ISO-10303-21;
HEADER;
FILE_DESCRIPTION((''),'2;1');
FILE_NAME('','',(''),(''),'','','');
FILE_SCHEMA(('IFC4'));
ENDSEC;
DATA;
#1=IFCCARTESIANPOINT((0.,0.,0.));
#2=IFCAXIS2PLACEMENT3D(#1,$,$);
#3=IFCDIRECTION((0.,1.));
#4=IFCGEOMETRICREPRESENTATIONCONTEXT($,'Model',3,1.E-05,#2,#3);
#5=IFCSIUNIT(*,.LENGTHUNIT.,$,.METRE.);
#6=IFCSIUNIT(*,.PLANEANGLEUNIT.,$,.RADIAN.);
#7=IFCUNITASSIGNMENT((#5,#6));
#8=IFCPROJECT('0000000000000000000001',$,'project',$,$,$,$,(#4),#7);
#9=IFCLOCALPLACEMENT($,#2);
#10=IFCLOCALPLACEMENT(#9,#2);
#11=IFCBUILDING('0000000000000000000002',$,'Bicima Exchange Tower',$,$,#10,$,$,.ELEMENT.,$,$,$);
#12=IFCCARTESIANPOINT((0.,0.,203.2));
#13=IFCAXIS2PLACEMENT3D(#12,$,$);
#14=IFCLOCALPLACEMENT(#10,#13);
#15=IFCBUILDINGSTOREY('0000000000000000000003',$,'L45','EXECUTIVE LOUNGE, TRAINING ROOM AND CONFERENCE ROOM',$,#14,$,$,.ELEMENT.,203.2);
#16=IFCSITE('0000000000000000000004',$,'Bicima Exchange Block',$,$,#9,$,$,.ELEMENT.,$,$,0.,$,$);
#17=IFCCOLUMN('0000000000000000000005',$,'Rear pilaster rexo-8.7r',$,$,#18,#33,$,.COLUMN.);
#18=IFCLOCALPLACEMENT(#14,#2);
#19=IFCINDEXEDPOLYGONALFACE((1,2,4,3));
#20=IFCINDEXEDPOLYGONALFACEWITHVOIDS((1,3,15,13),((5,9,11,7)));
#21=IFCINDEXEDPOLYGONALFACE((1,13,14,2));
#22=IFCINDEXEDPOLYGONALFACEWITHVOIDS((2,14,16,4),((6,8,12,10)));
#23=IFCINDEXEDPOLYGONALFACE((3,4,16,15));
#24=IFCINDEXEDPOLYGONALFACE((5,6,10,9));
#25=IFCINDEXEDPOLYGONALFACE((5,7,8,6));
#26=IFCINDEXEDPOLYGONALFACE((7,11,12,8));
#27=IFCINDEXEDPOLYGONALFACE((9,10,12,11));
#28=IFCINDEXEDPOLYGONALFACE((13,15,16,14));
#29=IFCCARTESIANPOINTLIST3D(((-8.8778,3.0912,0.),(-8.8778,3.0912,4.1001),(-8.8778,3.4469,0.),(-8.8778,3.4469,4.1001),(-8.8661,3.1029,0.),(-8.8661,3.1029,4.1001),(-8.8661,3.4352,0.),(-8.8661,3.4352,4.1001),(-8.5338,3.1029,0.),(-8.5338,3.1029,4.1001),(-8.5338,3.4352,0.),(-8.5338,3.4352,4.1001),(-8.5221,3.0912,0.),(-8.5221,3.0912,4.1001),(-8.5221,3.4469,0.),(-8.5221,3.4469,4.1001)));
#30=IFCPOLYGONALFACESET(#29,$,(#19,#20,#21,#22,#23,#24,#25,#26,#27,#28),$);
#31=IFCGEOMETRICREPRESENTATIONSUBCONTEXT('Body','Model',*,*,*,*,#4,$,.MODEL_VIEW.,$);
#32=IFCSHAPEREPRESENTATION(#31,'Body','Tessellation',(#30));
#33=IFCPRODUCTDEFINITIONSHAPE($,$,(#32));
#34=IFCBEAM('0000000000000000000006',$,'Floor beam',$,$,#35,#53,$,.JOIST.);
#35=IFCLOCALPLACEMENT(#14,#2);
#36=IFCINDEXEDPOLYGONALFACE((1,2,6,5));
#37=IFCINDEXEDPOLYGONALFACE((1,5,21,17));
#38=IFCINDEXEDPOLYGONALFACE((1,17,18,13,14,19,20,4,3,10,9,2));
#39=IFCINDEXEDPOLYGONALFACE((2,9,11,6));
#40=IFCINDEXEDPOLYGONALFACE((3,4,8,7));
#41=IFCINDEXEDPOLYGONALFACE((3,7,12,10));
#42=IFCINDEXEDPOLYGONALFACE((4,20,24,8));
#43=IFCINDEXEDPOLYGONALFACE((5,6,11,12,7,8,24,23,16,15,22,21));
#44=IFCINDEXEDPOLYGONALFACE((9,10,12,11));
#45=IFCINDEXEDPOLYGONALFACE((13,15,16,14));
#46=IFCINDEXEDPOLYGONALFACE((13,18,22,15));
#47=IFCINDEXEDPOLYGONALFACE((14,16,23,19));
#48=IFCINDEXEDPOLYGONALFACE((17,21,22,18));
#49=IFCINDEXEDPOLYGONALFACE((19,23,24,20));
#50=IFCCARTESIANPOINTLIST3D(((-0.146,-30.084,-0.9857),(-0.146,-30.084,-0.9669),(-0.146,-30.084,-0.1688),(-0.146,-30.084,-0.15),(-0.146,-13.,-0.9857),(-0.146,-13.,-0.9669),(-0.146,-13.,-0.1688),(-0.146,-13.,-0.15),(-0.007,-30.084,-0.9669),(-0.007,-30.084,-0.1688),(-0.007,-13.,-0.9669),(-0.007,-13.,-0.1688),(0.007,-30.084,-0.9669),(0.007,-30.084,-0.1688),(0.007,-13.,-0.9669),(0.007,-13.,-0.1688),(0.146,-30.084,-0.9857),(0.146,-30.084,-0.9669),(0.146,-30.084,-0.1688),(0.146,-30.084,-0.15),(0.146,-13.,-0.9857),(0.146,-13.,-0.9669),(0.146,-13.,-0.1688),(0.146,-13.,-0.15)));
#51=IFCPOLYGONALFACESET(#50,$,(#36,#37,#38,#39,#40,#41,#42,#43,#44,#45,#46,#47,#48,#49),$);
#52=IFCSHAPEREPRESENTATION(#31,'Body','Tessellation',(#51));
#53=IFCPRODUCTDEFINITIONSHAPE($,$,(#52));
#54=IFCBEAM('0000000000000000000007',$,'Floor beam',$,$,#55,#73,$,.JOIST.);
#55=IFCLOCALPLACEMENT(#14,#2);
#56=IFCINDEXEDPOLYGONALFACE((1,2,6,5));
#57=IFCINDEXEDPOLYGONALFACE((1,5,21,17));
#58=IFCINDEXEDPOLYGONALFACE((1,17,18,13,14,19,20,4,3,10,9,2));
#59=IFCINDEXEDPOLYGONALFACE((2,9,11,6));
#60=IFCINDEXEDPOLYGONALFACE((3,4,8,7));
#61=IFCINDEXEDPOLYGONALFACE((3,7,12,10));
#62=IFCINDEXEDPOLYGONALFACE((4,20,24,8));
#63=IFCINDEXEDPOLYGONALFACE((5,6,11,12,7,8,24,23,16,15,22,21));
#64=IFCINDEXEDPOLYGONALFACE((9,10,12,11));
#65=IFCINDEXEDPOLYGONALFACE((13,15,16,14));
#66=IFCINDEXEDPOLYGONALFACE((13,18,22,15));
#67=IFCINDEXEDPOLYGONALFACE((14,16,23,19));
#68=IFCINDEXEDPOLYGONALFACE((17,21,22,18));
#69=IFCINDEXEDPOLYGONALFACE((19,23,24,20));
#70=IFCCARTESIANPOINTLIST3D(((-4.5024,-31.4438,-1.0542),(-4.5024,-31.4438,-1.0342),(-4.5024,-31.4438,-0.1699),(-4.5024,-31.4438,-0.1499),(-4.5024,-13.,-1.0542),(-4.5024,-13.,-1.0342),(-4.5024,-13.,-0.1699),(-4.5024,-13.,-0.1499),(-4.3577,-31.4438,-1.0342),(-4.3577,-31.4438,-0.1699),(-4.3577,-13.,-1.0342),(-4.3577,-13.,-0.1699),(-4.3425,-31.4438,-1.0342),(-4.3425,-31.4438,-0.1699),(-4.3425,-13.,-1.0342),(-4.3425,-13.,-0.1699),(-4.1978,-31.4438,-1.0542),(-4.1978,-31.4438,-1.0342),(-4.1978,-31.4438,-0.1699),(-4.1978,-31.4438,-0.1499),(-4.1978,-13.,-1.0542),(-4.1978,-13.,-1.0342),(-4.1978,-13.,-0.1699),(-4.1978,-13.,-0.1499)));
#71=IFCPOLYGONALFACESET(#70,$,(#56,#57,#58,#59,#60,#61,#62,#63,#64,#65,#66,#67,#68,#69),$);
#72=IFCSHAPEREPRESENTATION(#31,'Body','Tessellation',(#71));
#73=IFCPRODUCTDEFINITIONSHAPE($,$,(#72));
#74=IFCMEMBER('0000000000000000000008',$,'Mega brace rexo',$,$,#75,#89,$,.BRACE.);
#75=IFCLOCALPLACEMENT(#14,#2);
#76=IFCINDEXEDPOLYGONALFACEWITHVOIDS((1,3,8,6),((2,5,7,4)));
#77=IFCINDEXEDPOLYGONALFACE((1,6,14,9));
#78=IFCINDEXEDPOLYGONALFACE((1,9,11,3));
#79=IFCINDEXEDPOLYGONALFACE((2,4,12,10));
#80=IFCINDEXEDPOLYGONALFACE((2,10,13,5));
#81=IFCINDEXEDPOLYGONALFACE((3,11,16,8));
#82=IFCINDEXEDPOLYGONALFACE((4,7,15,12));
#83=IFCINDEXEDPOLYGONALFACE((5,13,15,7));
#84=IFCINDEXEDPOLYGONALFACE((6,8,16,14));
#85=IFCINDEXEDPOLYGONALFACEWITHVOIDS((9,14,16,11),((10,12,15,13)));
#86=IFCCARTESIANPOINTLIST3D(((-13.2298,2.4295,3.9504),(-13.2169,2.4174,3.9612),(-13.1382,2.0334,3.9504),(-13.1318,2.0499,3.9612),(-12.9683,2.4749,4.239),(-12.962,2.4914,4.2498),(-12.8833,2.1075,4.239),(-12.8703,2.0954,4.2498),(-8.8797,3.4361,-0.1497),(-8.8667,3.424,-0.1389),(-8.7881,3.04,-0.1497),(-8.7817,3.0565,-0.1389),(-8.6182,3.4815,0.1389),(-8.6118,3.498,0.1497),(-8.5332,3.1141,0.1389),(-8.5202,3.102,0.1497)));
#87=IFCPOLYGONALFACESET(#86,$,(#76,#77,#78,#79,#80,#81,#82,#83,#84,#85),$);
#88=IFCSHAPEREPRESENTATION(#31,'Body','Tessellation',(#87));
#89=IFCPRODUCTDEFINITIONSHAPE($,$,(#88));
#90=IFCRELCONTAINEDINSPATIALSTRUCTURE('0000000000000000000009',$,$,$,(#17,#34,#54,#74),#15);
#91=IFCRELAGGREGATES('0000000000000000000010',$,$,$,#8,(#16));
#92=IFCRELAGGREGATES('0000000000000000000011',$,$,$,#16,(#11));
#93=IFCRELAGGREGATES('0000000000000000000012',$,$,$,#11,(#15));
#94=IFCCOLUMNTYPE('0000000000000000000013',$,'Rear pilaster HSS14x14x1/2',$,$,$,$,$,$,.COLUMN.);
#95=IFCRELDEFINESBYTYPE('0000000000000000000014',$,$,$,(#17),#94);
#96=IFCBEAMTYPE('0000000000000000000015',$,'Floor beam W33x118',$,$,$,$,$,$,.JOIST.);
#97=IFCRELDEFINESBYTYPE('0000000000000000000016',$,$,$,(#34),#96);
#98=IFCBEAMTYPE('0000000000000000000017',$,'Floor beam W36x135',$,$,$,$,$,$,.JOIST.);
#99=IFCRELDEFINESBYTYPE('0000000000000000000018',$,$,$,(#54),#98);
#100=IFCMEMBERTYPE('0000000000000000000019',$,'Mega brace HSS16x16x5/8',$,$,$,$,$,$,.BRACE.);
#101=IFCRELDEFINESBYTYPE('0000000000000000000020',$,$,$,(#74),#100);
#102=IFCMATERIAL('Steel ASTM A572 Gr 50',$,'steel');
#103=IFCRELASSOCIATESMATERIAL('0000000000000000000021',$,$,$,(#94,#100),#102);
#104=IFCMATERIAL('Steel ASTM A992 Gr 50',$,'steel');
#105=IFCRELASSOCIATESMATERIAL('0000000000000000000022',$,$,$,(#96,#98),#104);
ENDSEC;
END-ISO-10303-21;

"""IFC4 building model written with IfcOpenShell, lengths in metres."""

from ifc_helpers import new_model, si_unit, direction, frame, origin, origin_2d, place, context, subcontext, project, spatial, hollow_rectangle, i_section, extrude, material, material_profile, profile_set, type_object, element, save


model = new_model("IFC4")

# Units and contexts
model_context = context("Model", 3, precision=1e-05, world=origin(), true_north=direction((0.0, 1.0)))
body_context = subcontext(model_context, "Body", "Model", "MODEL_VIEW")
ifc_project = project(units=[si_unit("LENGTHUNIT", "METRE"), si_unit("PLANEANGLEUNIT", "RADIAN")], contexts=[model_context])

# Site, building, storey
site_placement = place(None, origin())
site = spatial("IfcSite", under=ifc_project, at=site_placement, Name="Bicima Exchange Block", CompositionType="ELEMENT", RefElevation=0.0)
building_placement = place(site_placement, origin())
building = spatial("IfcBuilding", under=site, at=building_placement, Name="Bicima Exchange Tower", CompositionType="ELEMENT")
storey_placement = place(building_placement, frame((0.0, 0.0, 203.2)))
storey = spatial("IfcBuildingStorey", under=building, at=storey_placement, Name="L45", Description="EXECUTIVE LOUNGE, TRAINING ROOM AND CONFERENCE ROOM", CompositionType="ELEMENT", Elevation=203.2)

# Column
ifc_material_1 = material(Name="Steel ASTM A572 Gr 50", Category="steel")
ifc_material_profile_1 = material_profile(ifc_material_1, hollow_rectangle(XDim=0.3557, YDim=0.3557, WallThickness=0.0117, at=origin_2d()))
ifc_profile_set_1 = profile_set([ifc_material_profile_1], Name="Steel ASTM A572 Gr 50")
column_type = type_object("IfcColumnType", Name="Rear pilaster HSS14x14x1/2", PredefinedType="COLUMN", material=ifc_profile_set_1)
column_placement = place(storey_placement, frame((-8.7, 3.269, 0.0), z_axis=(0.0, 0.0, 1.0), x_axis=(1.0, 0.0, 0.0)))
element("IfcColumn", 1, at=column_placement, inside=storey, type_object=column_type, Name="Rear pilaster rexo-8.7r", PredefinedType="COLUMN", context=body_context, shape_type="SweptSolid", body=[
    extrude(hollow_rectangle(XDim=0.3557, YDim=0.3557, WallThickness=0.0117, at=origin_2d()), origin(), (0.0, 0.0, 1.0), 4.1001),
])

# Beams
ifc_material_2 = material(Name="Steel ASTM A992 Gr 50", Category="steel")
ifc_material_profile_2 = material_profile(ifc_material_2, i_section(OverallWidth=0.292, OverallDepth=0.8357, WebThickness=0.0139, FlangeThickness=0.0188, at=origin_2d()))
ifc_profile_set_2 = profile_set([ifc_material_profile_2], Name="Steel ASTM A992 Gr 50")
beam_type_1 = type_object("IfcBeamType", Name="Floor beam W33x118", PredefinedType="JOIST", material=ifc_profile_set_2)
beam_1_placement = place(storey_placement, frame((0.0, -13.0, -0.5679), z_axis=(0.0, -1.0, 0.0), x_axis=(1.0, 0.0, 0.0)))
element("IfcBeam", 2, at=beam_1_placement, inside=storey, type_object=beam_type_1, Name="Floor beam", PredefinedType="JOIST", context=body_context, shape_type="SweptSolid", body=[
    extrude(i_section(OverallWidth=0.292, OverallDepth=0.8357, WebThickness=0.0139, FlangeThickness=0.0188, at=origin_2d()), origin(), (0.0, 0.0, 1.0), 17.084),
])
ifc_material_profile_3 = material_profile(ifc_material_2, i_section(OverallWidth=0.3047, OverallDepth=0.9043, WebThickness=0.0151, FlangeThickness=0.02, at=origin_2d()))
ifc_profile_set_3 = profile_set([ifc_material_profile_3], Name="Steel ASTM A992 Gr 50")
beam_type_2 = type_object("IfcBeamType", Name="Floor beam W36x135", PredefinedType="JOIST", material=ifc_profile_set_3)
beam_2_placement = place(storey_placement, frame((-4.3501, -13.0, -0.6021), z_axis=(0.0, -1.0, 0.0), x_axis=(1.0, 0.0, 0.0)))
element("IfcBeam", 3, at=beam_2_placement, inside=storey, type_object=beam_type_2, Name="Floor beam", PredefinedType="JOIST", context=body_context, shape_type="SweptSolid", body=[
    extrude(i_section(OverallWidth=0.3047, OverallDepth=0.9043, WebThickness=0.0151, FlangeThickness=0.02, at=origin_2d()), origin(), (0.0, 0.0, 1.0), 18.4438),
])

# Member
ifc_material_profile_4 = material_profile(ifc_material_1, hollow_rectangle(XDim=0.4065, YDim=0.4065, WallThickness=0.0146, at=origin_2d()))
ifc_profile_set_4 = profile_set([ifc_material_profile_4], Name="Steel ASTM A572 Gr 50")
member_type = type_object("IfcMemberType", Name="Mega brace HSS16x16x5/8", PredefinedType="BRACE", material=ifc_profile_set_4)
member_placement = place(storey_placement, frame((-8.7, 3.269, 0.0), z_axis=(-0.717606, -0.166051, 0.676365), x_axis=(0.225439, -0.974257, 0.0)))
element("IfcMember", 4, at=member_placement, inside=storey, type_object=member_type, Name="Mega brace rexo", PredefinedType="BRACE", context=body_context, shape_type="SweptSolid", body=[
    extrude(hollow_rectangle(XDim=0.4065, YDim=0.4065, WallThickness=0.0146, at=origin_2d()), origin(), (0.0, 0.0, 1.0), 6.062),
])

save(model, "model.ifc")
